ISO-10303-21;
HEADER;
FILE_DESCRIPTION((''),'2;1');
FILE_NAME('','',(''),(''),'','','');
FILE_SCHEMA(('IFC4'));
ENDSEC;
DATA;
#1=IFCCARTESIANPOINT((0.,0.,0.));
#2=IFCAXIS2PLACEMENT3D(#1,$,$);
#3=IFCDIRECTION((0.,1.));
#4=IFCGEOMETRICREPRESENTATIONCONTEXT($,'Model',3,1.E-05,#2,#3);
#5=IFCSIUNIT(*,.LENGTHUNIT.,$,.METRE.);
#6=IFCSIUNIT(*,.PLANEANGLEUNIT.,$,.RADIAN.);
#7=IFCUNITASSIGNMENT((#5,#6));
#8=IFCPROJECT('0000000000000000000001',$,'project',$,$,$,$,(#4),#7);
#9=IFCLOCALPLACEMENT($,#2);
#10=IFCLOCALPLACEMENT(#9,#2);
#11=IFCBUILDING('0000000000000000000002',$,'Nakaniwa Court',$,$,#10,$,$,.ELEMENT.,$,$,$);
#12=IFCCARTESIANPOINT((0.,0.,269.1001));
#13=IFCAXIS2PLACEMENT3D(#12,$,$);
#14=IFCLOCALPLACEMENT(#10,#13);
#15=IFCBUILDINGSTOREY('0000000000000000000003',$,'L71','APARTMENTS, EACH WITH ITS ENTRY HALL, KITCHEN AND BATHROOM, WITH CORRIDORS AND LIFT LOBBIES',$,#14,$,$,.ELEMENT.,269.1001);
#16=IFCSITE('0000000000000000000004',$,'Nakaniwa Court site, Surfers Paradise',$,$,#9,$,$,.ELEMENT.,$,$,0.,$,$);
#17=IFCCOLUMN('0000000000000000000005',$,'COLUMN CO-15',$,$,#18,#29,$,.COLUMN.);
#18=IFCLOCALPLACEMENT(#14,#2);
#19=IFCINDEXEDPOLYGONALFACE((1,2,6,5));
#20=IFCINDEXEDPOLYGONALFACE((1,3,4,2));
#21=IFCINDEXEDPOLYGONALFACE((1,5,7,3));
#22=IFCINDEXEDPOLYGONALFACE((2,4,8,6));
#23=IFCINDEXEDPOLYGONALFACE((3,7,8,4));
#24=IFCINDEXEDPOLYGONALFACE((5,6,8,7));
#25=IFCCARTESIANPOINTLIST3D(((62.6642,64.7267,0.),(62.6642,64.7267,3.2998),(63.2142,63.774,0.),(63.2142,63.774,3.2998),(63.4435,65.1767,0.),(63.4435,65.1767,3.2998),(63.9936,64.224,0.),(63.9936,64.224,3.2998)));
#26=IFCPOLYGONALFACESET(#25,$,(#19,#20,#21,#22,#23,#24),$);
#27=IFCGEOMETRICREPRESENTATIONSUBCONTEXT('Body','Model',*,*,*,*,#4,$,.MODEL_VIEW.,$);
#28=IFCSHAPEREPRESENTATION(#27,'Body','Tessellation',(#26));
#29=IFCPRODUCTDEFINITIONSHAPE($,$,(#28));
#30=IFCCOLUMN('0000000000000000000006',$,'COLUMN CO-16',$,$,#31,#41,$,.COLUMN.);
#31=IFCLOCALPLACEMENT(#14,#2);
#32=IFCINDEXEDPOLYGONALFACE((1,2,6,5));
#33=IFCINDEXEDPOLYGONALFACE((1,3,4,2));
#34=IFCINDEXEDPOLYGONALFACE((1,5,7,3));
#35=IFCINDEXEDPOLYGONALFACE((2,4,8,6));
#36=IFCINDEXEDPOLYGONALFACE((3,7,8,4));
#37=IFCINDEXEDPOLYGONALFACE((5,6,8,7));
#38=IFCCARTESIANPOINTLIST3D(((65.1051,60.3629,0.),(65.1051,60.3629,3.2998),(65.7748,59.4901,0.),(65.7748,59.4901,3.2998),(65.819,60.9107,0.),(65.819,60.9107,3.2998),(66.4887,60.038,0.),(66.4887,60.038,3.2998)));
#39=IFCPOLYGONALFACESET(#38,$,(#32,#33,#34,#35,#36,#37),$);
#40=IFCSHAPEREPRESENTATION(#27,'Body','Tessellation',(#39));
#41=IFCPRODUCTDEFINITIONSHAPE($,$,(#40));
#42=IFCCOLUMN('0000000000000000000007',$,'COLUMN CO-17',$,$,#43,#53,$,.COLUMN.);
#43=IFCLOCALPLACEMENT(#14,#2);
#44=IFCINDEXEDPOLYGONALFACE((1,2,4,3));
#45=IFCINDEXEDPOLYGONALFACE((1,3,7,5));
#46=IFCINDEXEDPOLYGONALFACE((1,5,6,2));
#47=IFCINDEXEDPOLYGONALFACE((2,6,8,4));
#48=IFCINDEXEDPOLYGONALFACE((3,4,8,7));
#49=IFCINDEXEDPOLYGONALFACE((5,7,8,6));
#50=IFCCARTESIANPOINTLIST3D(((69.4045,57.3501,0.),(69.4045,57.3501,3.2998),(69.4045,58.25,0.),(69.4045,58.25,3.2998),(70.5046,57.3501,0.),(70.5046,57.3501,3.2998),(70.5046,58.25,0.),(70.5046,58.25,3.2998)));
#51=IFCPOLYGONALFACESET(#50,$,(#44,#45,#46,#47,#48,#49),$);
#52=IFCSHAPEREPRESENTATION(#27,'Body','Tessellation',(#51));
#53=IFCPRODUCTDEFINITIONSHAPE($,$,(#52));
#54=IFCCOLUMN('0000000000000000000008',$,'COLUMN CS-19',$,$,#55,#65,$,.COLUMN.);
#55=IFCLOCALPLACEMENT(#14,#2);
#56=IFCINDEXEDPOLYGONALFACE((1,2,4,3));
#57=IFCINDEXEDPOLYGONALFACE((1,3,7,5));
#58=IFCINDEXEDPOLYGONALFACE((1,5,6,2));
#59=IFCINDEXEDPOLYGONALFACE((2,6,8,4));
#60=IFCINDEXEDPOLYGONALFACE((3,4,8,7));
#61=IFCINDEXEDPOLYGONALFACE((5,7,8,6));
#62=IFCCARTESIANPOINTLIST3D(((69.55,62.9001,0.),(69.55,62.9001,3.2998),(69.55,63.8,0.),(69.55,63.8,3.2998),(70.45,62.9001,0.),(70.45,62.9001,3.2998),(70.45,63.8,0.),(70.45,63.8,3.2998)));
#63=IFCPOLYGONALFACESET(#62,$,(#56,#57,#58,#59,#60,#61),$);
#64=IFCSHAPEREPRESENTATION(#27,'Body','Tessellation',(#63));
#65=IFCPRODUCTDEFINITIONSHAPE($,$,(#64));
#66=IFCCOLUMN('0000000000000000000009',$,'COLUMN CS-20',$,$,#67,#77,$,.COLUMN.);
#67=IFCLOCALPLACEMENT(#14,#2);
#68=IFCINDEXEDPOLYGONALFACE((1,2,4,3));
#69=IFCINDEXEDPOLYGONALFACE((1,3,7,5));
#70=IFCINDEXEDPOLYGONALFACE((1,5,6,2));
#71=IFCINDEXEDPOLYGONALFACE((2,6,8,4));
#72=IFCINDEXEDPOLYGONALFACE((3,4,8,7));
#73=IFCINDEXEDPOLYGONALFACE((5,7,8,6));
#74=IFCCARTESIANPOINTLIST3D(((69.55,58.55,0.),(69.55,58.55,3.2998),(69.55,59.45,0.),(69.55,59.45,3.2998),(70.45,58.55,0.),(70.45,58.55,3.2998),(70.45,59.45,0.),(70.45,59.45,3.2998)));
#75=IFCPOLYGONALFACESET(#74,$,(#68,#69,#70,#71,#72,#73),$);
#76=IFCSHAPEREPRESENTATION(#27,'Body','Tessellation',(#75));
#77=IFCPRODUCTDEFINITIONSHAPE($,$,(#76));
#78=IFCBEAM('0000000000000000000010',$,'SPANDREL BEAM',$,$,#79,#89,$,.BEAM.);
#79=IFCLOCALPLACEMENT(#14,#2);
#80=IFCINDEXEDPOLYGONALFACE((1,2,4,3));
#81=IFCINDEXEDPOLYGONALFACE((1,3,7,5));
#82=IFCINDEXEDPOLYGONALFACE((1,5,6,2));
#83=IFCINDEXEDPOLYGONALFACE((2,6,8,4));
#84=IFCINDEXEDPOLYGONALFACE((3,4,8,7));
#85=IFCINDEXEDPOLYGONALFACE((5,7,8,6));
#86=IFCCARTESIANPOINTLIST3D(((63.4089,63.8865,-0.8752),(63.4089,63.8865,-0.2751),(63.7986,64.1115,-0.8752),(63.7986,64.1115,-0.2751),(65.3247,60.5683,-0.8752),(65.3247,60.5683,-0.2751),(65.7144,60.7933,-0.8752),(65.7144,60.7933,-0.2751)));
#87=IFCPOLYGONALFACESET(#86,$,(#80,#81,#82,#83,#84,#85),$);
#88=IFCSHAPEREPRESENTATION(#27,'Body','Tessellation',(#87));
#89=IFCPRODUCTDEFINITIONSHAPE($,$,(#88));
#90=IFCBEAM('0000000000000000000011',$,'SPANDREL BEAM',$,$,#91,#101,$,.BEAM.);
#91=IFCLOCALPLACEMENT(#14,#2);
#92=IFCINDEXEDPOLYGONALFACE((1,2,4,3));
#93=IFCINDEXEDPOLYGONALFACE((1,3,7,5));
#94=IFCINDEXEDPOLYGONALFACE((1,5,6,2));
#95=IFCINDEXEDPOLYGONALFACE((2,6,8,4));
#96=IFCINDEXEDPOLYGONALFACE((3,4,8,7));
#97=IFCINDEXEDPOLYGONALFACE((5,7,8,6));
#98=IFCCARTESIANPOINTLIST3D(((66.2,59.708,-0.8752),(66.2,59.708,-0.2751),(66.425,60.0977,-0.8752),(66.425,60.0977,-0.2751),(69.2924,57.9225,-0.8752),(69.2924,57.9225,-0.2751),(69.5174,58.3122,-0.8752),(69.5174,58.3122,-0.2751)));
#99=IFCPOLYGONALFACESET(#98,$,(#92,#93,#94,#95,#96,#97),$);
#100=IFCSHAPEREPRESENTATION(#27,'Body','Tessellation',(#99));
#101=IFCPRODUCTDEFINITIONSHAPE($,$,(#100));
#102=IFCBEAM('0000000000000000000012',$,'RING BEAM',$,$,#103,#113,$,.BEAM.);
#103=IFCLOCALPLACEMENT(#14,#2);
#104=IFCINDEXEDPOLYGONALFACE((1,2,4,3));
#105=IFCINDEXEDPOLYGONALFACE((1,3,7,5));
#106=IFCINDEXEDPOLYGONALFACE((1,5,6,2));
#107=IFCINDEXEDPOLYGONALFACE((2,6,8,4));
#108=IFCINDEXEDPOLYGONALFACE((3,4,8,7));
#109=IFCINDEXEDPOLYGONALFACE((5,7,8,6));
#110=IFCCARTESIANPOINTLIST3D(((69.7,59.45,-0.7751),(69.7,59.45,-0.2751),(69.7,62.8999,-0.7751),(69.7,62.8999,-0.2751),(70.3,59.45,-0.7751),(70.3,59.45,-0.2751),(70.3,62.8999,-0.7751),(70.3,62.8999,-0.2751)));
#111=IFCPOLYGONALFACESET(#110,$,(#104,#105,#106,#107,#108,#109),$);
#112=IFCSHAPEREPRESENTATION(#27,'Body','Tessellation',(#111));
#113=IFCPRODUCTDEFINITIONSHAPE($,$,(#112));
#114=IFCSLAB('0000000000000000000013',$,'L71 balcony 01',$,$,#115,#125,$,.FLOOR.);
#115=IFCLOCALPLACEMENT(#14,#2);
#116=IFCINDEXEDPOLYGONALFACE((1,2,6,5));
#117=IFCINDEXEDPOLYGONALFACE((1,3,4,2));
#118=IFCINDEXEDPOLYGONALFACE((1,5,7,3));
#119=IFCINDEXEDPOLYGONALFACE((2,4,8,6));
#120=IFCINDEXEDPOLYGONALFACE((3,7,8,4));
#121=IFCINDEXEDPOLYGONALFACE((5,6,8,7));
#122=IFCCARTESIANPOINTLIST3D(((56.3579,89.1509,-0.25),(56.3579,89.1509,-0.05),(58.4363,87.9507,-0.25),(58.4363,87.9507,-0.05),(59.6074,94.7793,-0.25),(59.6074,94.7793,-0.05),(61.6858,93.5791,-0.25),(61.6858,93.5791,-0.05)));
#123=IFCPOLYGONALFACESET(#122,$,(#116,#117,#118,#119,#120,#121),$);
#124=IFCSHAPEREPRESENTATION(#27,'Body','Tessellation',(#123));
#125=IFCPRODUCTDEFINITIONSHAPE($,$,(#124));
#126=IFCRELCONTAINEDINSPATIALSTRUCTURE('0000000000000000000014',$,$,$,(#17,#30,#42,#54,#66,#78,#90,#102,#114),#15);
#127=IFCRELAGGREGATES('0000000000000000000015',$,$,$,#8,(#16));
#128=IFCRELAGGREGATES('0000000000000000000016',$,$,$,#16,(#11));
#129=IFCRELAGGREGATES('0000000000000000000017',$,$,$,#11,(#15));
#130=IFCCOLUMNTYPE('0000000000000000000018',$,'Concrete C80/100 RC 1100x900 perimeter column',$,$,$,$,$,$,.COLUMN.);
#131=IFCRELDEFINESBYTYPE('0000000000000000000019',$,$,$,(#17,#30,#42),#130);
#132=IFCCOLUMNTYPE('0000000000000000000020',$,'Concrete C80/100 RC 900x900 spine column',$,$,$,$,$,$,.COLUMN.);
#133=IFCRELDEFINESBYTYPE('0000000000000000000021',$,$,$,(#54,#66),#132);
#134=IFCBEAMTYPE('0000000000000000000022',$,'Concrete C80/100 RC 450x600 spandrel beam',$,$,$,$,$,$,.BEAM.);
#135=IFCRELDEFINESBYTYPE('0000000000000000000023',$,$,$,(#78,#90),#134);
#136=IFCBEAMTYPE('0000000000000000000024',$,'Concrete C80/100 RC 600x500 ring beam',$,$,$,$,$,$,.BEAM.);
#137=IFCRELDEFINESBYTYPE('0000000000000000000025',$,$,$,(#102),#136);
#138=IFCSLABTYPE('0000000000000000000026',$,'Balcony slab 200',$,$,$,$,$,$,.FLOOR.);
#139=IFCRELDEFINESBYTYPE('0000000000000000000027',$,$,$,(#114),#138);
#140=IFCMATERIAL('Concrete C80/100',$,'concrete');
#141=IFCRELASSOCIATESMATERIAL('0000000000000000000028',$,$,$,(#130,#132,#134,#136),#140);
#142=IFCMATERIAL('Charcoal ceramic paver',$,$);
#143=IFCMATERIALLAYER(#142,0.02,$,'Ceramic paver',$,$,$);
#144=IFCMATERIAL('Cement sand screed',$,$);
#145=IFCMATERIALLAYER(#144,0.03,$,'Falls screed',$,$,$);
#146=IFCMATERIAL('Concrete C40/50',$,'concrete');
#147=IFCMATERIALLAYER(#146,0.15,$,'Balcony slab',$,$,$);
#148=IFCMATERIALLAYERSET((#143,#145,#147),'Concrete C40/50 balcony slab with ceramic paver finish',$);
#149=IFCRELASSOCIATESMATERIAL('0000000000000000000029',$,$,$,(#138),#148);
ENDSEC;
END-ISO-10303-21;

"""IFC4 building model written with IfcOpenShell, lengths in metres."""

from ifc_helpers import new_model, si_unit, direction, frame, origin, origin_2d, place, context, subcontext, project, spatial, polyline, rectangle, outline, extrude, material, layer, layer_set, material_profile, profile_set, type_object, element, save


model = new_model("IFC4")

# Units and contexts
model_context = context("Model", 3, precision=1e-05, world=origin(), true_north=direction((0.0, 1.0)))
body_context = subcontext(model_context, "Body", "Model", "MODEL_VIEW")
ifc_project = project(units=[si_unit("LENGTHUNIT", "METRE"), si_unit("PLANEANGLEUNIT", "RADIAN")], contexts=[model_context])

# Site, building, storey
site_placement = place(None, origin())
site = spatial("IfcSite", under=ifc_project, at=site_placement, Name="Nakaniwa Court site, Surfers Paradise", CompositionType="ELEMENT", RefElevation=0.0)
building_placement = place(site_placement, origin())
building = spatial("IfcBuilding", under=site, at=building_placement, Name="Nakaniwa Court", CompositionType="ELEMENT")
storey_placement = place(building_placement, frame((0.0, 0.0, 269.1001)))
storey = spatial("IfcBuildingStorey", under=building, at=storey_placement, Name="L71", Description="APARTMENTS, EACH WITH ITS ENTRY HALL, KITCHEN AND BATHROOM, WITH CORRIDORS AND LIFT LOBBIES", CompositionType="ELEMENT", Elevation=269.1001)

# Columns
ifc_material_1 = material(Name="Concrete C80/100", Category="concrete")
ifc_material_profile_1 = material_profile(ifc_material_1, rectangle(XDim=1.1001, YDim=0.8999, at=origin_2d()), Name="Concrete C80/100 RC 1100x900 perimeter column")
ifc_profile_set_1 = profile_set([ifc_material_profile_1], Name="Concrete C80/100")
column_type_1 = type_object("IfcColumnType", Name="Concrete C80/100 RC 1100x900 perimeter column", PredefinedType="COLUMN", material=ifc_profile_set_1)
for number, where, z_axis, x_axis, name in (
    (1, (63.3289, 64.4753, 0.0), (0.0, 0.0, 1.0), (0.5, -0.866025, 0.0), "COLUMN CO-15"),
    (2, (65.7969, 60.2004, 0.0), (0.0, 0.0, 1.0), (0.608761, -0.793353, 0.0), "COLUMN CO-16"),
    (3, (69.9546, 57.8, 0.0), (0.0, 0.0, 1.0), (1.0, 0.0, 0.0), "COLUMN CO-17"),
):
    element("IfcColumn", number, at=place(storey_placement, frame(where, z_axis=z_axis, x_axis=x_axis)), inside=storey, type_object=column_type_1, Name=name, PredefinedType="COLUMN", context=body_context, shape_type="SweptSolid", body=[
        extrude(rectangle(XDim=1.1001, YDim=0.8999, at=origin_2d()), origin(), (0.0, 0.0, 1.0), 3.2998),
    ])
ifc_material_profile_2 = material_profile(ifc_material_1, rectangle(XDim=0.8999, YDim=0.8999, at=origin_2d()), Name="Concrete C80/100 RC 900x900 spine column")
ifc_profile_set_2 = profile_set([ifc_material_profile_2], Name="Concrete C80/100")
column_type_2 = type_object("IfcColumnType", Name="Concrete C80/100 RC 900x900 spine column", PredefinedType="COLUMN", material=ifc_profile_set_2)
for number, where, z_axis, x_axis, name in (
    (4, (70.0, 63.3501, 0.0), (0.0, 0.0, 1.0), (0.0, -1.0, 0.0), "COLUMN CS-19"),
    (5, (70.0, 59.0, 0.0), (0.0, 0.0, 1.0), (0.0, -1.0, 0.0), "COLUMN CS-20"),
):
    element("IfcColumn", number, at=place(storey_placement, frame(where, z_axis=z_axis, x_axis=x_axis)), inside=storey, type_object=column_type_2, Name=name, PredefinedType="COLUMN", context=body_context, shape_type="SweptSolid", body=[
        extrude(rectangle(XDim=0.8999, YDim=0.8999, at=origin_2d()), origin(), (0.0, 0.0, 1.0), 3.2998),
    ])

# Beams
ifc_material_profile_3 = material_profile(ifc_material_1, rectangle(XDim=0.45, YDim=0.6001, at=origin_2d()), Name="Concrete C80/100 RC 450x600 spandrel beam")
ifc_profile_set_3 = profile_set([ifc_material_profile_3], Name="Concrete C80/100")
beam_type_1 = type_object("IfcBeamType", Name="Concrete C80/100 RC 450x600 spandrel beam", PredefinedType="BEAM", material=ifc_profile_set_3)
beam_1_placement = place(storey_placement, frame((63.6038, 63.999, -0.5752), z_axis=(0.500011, -0.866019, 0.0), x_axis=(0.866019, 0.500011, 0.0)))
element("IfcBeam", 6, at=beam_1_placement, inside=storey, type_object=beam_type_1, Name="SPANDREL BEAM", PredefinedType="BEAM", context=body_context, shape_type="SweptSolid", body=[
    extrude(rectangle(XDim=0.45, YDim=0.6001, at=origin_2d()), origin(), (0.0, 0.0, 1.0), 3.8315),
])
beam_2_placement = place(storey_placement, frame((66.3125, 59.9028, -0.5752), z_axis=(0.866017, -0.500014, 0.0), x_axis=(0.500014, 0.866017, 0.0)))
element("IfcBeam", 7, at=beam_2_placement, inside=storey, type_object=beam_type_1, Name="SPANDREL BEAM", PredefinedType="BEAM", context=body_context, shape_type="SweptSolid", body=[
    extrude(rectangle(XDim=0.45, YDim=0.6001, at=origin_2d()), origin(), (0.0, 0.0, 1.0), 3.5708),
])
ifc_material_profile_4 = material_profile(ifc_material_1, rectangle(XDim=0.6001, YDim=0.5, at=origin_2d()), Name="Concrete C80/100 RC 600x500 ring beam")
ifc_profile_set_4 = profile_set([ifc_material_profile_4], Name="Concrete C80/100")
beam_type_2 = type_object("IfcBeamType", Name="Concrete C80/100 RC 600x500 ring beam", PredefinedType="BEAM", material=ifc_profile_set_4)
beam_3_placement = place(storey_placement, frame((70.0, 62.8999, -0.5251), z_axis=(0.0, -1.0, 0.0), x_axis=(1.0, 0.0, 0.0)))
element("IfcBeam", 8, at=beam_3_placement, inside=storey, type_object=beam_type_2, Name="RING BEAM", PredefinedType="BEAM", context=body_context, shape_type="SweptSolid", body=[
    extrude(rectangle(XDim=0.6001, YDim=0.5, at=origin_2d()), origin(), (0.0, 0.0, 1.0), 3.45),
])

# Slab
ifc_material_2 = material(Name="Charcoal ceramic paver")
ifc_layer_1 = layer(ifc_material_2, 0.02, Name="Ceramic paver")
ifc_material_3 = material(Name="Cement sand screed")
ifc_layer_2 = layer(ifc_material_3, 0.03, Name="Falls screed")
ifc_material_4 = material(Name="Concrete C40/50", Category="concrete")
ifc_layer_3 = layer(ifc_material_4, 0.15, Name="Balcony slab")
ifc_layer_set_1 = layer_set([ifc_layer_1, ifc_layer_2, ifc_layer_3], Name="Concrete C40/50 balcony slab with ceramic paver finish")
slab_type_1 = type_object("IfcSlabType", Name="Balcony slab 200", PredefinedType="FLOOR", material=ifc_layer_set_1)
slab_1_placement = place(storey_placement, frame((0.0, 0.0, -0.25)))
element("IfcSlab", 9, at=slab_1_placement, inside=storey, type_object=slab_type_1, Name="L71 balcony 01", PredefinedType="FLOOR", context=body_context, shape_type="SweptSolid", body=[
    extrude(outline(polyline([(61.6858, 93.5791), (58.4363, 87.9507), (56.3579, 89.1509), (59.6074, 94.7793), (61.6858, 93.5791)])), origin(), (0.0, 0.0, 1.0), 0.2),
])

save(model, "model.ifc")
